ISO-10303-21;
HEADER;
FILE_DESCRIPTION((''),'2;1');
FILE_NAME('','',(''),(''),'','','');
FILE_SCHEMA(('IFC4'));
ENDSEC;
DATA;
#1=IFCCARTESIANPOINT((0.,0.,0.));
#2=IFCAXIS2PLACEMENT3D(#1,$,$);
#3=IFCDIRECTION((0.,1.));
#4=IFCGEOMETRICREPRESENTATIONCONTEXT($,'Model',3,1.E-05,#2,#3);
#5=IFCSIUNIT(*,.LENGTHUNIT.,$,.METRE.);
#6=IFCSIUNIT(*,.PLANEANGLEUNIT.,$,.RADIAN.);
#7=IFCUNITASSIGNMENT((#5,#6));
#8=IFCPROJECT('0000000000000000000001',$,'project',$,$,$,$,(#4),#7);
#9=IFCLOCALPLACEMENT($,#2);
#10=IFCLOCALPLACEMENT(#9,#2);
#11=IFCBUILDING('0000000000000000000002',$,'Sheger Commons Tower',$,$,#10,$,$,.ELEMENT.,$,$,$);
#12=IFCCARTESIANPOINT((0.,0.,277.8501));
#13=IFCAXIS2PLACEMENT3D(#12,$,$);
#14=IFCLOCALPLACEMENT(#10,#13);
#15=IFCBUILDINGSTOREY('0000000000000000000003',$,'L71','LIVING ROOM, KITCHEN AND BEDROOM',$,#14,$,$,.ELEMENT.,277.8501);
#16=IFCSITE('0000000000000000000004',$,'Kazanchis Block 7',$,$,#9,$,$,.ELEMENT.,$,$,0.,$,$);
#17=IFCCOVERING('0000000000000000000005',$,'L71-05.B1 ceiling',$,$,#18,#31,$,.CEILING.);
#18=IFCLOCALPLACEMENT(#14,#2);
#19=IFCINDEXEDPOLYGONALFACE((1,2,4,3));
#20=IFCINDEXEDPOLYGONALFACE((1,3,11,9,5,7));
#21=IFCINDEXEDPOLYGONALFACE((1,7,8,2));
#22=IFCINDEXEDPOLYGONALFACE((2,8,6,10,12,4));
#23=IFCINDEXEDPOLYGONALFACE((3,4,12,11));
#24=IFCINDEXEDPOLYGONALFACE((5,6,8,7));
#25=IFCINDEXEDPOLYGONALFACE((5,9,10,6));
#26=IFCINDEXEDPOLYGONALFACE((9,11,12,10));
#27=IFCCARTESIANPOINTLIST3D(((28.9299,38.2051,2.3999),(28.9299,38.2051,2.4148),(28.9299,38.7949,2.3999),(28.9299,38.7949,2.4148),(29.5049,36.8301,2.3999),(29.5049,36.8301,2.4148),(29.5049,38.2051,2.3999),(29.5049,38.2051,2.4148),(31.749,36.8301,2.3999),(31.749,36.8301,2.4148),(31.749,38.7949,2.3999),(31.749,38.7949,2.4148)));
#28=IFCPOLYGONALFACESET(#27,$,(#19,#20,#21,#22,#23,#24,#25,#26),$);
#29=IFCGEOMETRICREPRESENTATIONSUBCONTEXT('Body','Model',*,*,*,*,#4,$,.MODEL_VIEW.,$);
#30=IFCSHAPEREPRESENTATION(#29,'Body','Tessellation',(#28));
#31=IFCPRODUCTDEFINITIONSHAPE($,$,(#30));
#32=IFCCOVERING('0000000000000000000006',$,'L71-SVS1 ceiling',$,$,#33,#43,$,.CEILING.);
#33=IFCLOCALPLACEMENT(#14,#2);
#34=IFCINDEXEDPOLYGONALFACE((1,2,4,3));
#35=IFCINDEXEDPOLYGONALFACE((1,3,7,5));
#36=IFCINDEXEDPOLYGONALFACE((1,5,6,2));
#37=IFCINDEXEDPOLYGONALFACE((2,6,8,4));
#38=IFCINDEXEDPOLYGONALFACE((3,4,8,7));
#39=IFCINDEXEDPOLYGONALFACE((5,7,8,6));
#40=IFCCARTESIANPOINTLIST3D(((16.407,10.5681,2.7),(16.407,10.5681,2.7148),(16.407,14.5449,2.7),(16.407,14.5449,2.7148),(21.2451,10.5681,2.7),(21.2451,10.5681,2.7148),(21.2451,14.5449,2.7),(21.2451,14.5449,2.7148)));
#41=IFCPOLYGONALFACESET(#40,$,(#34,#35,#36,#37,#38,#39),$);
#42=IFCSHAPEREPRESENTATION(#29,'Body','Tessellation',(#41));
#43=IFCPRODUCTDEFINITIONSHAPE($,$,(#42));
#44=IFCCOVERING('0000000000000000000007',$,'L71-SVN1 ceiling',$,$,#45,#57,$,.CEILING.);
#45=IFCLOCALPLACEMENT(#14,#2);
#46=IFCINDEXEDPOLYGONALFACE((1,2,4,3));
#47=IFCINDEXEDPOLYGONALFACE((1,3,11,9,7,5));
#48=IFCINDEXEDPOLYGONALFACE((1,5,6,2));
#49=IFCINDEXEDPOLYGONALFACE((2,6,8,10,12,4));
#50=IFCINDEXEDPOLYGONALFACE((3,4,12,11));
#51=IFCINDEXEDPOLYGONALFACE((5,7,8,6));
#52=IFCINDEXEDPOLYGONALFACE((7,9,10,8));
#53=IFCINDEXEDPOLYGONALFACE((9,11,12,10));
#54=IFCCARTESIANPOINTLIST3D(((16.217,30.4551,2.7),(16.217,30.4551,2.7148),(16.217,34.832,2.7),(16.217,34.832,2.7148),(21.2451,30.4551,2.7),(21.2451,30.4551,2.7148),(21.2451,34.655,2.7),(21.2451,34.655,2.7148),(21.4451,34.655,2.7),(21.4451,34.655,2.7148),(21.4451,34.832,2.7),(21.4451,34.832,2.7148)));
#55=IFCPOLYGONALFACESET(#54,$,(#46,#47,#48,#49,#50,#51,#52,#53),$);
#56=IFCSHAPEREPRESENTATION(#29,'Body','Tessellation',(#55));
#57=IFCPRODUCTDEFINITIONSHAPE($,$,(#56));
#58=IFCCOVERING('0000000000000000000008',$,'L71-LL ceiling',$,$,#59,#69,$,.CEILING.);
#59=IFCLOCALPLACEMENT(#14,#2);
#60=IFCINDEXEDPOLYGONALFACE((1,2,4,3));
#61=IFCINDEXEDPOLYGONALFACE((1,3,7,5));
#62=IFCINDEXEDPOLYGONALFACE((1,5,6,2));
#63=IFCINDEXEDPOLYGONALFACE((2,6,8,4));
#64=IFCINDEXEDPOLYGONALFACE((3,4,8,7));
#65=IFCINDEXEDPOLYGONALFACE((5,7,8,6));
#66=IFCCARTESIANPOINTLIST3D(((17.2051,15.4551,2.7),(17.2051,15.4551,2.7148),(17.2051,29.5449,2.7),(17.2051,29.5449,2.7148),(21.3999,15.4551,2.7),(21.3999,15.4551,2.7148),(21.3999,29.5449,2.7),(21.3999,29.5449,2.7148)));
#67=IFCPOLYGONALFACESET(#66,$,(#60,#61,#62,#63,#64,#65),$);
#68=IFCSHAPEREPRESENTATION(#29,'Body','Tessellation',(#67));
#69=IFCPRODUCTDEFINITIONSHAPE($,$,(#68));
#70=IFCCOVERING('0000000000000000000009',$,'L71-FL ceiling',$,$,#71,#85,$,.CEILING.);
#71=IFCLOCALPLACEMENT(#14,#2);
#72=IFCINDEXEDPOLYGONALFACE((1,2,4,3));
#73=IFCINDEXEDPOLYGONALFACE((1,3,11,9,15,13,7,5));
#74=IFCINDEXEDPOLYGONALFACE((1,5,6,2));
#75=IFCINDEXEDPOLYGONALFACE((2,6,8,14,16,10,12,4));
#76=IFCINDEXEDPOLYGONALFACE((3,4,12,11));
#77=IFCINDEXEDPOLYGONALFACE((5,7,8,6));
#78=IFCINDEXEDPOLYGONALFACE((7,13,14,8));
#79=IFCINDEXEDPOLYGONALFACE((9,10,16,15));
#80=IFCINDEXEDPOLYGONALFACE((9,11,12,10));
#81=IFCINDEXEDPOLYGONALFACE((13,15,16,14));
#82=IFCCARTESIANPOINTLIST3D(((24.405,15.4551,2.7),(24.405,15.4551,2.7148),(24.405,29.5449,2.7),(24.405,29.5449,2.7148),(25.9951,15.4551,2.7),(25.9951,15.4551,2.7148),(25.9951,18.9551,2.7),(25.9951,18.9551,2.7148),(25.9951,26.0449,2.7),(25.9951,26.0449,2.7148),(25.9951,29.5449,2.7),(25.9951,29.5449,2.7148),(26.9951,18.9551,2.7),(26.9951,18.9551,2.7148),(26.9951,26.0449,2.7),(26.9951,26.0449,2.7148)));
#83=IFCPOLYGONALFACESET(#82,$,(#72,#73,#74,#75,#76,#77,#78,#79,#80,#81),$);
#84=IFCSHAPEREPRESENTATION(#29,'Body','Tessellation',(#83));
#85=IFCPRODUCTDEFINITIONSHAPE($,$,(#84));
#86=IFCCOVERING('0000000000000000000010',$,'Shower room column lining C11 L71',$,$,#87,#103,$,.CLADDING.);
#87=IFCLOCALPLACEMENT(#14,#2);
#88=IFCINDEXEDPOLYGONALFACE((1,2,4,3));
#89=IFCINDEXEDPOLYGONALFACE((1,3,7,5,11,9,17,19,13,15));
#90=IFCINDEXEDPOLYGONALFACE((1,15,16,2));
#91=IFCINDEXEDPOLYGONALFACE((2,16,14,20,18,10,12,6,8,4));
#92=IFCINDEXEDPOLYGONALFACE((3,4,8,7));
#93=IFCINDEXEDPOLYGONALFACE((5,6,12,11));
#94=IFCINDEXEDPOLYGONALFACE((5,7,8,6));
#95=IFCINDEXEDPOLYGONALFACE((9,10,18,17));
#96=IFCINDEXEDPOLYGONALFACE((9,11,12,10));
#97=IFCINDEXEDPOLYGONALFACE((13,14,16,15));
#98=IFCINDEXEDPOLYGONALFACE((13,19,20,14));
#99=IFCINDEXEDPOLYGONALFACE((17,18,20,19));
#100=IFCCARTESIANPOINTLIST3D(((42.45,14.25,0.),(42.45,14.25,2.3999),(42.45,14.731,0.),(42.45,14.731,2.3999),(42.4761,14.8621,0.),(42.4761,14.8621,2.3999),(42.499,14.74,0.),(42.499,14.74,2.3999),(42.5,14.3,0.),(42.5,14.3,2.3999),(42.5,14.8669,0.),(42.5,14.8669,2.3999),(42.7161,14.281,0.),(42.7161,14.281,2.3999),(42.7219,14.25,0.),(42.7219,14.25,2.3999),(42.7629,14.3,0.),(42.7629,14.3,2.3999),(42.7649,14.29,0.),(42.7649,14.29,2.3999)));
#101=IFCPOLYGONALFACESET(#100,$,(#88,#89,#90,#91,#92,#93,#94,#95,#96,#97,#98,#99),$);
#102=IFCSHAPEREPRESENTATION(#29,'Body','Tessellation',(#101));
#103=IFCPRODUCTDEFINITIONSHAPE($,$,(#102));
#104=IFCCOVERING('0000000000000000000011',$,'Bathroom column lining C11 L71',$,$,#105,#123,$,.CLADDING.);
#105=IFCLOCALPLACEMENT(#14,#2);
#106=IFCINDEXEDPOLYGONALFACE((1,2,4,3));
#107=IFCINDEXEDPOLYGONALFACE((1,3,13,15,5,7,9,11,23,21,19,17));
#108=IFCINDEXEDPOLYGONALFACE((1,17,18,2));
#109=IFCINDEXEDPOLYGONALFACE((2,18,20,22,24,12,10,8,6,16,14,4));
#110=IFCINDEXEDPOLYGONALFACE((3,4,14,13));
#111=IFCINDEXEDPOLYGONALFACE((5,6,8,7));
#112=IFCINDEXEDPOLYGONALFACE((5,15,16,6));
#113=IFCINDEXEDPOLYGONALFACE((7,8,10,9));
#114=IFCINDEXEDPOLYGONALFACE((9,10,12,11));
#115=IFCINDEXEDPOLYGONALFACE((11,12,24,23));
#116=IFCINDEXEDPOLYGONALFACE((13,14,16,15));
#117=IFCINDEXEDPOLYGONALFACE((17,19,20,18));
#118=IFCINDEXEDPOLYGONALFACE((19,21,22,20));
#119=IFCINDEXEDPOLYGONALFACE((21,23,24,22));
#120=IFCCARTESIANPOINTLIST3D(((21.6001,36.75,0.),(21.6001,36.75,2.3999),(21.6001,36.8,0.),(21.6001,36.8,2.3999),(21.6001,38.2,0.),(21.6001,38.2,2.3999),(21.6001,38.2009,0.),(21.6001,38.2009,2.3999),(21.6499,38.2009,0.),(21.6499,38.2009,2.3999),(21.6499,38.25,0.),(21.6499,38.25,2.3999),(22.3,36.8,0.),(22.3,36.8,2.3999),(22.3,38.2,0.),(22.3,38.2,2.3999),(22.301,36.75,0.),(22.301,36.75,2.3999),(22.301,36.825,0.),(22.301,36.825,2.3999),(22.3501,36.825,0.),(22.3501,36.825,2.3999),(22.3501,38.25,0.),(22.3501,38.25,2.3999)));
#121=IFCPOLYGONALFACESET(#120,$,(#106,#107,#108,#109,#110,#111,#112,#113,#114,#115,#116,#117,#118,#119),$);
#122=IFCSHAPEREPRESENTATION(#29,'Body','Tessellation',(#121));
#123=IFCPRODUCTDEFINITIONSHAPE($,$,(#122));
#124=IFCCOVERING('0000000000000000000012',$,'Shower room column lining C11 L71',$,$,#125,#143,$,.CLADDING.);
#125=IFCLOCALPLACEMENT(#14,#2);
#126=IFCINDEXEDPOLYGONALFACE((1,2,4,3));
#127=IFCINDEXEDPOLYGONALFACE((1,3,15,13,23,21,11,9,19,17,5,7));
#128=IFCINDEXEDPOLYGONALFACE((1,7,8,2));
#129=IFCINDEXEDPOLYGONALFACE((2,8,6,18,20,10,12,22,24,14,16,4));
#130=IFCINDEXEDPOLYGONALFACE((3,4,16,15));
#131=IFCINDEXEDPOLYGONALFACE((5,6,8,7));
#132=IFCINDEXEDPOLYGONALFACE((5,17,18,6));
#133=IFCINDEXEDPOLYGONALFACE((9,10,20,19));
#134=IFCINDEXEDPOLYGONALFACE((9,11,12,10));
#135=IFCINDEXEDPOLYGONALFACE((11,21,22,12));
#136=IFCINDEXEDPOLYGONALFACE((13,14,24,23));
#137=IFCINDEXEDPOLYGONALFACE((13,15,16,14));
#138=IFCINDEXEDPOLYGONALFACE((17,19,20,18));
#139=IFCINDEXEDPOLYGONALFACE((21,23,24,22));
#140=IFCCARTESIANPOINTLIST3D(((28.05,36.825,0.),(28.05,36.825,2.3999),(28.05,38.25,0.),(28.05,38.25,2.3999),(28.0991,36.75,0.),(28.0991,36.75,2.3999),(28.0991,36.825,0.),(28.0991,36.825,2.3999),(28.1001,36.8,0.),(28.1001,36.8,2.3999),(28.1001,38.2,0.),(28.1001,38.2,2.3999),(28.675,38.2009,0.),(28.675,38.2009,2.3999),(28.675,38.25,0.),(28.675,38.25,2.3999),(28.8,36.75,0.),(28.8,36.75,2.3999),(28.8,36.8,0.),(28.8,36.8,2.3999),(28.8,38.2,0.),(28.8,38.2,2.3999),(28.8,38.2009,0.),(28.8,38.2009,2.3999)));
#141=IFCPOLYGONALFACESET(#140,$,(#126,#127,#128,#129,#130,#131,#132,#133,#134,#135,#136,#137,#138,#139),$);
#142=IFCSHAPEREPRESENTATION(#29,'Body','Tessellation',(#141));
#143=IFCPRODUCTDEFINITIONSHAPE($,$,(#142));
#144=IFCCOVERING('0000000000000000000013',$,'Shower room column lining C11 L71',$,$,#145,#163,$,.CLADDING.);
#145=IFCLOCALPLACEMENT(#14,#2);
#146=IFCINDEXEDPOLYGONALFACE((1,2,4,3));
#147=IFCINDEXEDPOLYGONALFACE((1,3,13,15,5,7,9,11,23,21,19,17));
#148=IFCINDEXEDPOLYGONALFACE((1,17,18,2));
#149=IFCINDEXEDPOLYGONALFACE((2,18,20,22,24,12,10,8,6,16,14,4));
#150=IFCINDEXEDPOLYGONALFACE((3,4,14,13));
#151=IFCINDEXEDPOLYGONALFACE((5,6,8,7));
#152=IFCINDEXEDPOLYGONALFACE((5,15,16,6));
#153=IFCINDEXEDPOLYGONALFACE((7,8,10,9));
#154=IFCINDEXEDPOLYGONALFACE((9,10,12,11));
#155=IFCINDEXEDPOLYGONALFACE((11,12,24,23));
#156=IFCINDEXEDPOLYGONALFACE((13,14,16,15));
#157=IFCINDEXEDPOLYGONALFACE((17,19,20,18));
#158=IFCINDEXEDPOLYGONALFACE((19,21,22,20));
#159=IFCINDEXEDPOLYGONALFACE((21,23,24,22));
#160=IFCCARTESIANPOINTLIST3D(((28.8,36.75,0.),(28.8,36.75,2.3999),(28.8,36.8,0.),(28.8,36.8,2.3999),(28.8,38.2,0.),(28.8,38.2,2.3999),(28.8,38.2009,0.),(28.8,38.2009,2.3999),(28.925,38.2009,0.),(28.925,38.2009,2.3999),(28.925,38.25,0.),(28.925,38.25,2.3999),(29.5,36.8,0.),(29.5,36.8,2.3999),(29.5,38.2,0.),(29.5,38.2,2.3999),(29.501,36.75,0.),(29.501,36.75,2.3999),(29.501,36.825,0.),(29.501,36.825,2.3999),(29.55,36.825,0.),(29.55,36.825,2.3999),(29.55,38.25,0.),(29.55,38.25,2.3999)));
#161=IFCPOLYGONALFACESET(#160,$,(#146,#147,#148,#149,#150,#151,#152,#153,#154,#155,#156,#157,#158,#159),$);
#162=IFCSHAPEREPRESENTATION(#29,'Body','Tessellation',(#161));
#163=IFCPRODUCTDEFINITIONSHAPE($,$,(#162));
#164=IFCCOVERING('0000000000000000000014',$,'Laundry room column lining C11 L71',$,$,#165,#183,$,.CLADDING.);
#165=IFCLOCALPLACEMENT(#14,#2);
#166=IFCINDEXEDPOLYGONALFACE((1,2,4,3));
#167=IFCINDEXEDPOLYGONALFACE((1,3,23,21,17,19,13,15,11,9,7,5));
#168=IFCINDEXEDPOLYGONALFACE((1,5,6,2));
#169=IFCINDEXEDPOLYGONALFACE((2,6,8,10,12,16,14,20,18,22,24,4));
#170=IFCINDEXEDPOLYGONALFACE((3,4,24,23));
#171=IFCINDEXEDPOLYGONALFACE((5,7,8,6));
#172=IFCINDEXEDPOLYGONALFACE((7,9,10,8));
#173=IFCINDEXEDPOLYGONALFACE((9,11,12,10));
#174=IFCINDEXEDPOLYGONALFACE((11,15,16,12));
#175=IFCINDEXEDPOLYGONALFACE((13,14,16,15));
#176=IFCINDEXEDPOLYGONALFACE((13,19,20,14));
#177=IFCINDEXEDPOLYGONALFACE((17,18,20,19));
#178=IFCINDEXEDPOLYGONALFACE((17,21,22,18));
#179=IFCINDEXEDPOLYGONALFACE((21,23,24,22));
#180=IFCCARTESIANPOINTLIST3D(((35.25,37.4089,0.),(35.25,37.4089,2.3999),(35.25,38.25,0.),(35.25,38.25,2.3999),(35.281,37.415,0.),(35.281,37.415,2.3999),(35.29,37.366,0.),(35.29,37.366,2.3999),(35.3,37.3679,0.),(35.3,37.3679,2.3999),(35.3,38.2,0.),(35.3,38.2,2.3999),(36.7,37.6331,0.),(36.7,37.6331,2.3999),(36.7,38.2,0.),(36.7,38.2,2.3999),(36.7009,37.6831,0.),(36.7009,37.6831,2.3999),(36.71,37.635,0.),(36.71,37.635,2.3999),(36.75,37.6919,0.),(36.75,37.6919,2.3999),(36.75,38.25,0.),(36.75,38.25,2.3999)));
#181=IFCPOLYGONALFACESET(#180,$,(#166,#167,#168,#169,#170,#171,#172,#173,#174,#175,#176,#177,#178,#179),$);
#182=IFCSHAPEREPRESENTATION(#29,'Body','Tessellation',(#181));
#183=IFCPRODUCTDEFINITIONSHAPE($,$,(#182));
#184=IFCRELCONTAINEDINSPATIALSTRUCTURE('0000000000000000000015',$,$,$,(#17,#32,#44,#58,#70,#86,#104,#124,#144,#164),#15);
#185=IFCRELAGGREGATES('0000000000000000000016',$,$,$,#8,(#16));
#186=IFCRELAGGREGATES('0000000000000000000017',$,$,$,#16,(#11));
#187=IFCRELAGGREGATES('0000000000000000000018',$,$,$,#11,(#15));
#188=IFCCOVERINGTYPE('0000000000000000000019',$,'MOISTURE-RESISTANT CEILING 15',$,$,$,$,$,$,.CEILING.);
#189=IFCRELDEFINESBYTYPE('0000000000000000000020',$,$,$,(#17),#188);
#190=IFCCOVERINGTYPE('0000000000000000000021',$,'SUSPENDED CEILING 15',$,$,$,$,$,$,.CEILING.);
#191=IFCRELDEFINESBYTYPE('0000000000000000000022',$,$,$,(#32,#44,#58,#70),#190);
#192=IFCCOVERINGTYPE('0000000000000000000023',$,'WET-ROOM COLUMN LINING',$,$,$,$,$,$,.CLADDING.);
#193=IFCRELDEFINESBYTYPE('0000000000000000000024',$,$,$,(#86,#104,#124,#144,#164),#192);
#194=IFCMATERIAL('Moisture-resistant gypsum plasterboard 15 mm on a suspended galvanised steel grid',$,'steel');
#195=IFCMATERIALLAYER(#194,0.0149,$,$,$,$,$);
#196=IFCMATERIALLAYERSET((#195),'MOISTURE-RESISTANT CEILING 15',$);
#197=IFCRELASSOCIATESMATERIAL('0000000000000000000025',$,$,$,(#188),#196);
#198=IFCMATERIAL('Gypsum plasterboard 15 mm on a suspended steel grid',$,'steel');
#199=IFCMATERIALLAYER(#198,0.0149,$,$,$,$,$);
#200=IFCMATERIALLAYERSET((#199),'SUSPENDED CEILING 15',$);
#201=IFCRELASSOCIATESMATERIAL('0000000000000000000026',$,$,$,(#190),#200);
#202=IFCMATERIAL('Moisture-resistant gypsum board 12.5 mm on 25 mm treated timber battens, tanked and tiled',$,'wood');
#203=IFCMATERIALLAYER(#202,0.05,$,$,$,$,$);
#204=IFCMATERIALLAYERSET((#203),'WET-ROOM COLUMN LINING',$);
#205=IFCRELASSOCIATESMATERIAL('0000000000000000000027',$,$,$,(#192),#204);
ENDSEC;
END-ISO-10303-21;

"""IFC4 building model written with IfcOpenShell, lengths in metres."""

from ifc_helpers import new_model, si_unit, direction, frame, origin, place, context, subcontext, project, spatial, polyline, outline, extrude, material, layer, layer_set, type_object, element, save


model = new_model("IFC4")

# Units and contexts
model_context = context("Model", 3, precision=1e-05, world=origin(), true_north=direction((0.0, 1.0)))
body_context = subcontext(model_context, "Body", "Model", "MODEL_VIEW")
ifc_project = project(units=[si_unit("LENGTHUNIT", "METRE"), si_unit("PLANEANGLEUNIT", "RADIAN")], contexts=[model_context])

# Site, building, storey
site_placement = place(None, origin())
site = spatial("IfcSite", under=ifc_project, at=site_placement, Name="Kazanchis Block 7", CompositionType="ELEMENT", RefElevation=0.0)
building_placement = place(site_placement, origin())
building = spatial("IfcBuilding", under=site, at=building_placement, Name="Sheger Commons Tower", CompositionType="ELEMENT")
storey_placement = place(building_placement, frame((0.0, 0.0, 277.8501)))
storey = spatial("IfcBuildingStorey", under=building, at=storey_placement, Name="L71", Description="LIVING ROOM, KITCHEN AND BEDROOM", CompositionType="ELEMENT", Elevation=277.8501)

# Coverings
ifc_material_1 = material(Name="Moisture-resistant gypsum plasterboard 15 mm on a suspended galvanised steel grid", Category="steel")
ifc_layer_1 = layer(ifc_material_1, 0.0149)
ifc_layer_set_1 = layer_set([ifc_layer_1], Name="MOISTURE-RESISTANT CEILING 15")
covering_type_1 = type_object("IfcCoveringType", Name="MOISTURE-RESISTANT CEILING 15", PredefinedType="CEILING", material=ifc_layer_set_1)
covering_1_placement = place(storey_placement, frame((0.0, 0.0, 2.3999)))
element("IfcCovering", 1, at=covering_1_placement, inside=storey, type_object=covering_type_1, Name="L71-05.B1 ceiling", PredefinedType="CEILING", context=body_context, shape_type="SweptSolid", body=[
    extrude(outline(polyline([(29.5049, 36.8301), (31.749, 36.8301), (31.749, 38.7949), (28.9299, 38.7949), (28.9299, 38.2051), (29.5049, 38.2051), (29.5049, 36.8301)])), origin(), (0.0, 0.0, 1.0), 0.0149),
])
ifc_material_2 = material(Name="Gypsum plasterboard 15 mm on a suspended steel grid", Category="steel")
ifc_layer_2 = layer(ifc_material_2, 0.0149)
ifc_layer_set_2 = layer_set([ifc_layer_2], Name="SUSPENDED CEILING 15")
covering_type_2 = type_object("IfcCoveringType", Name="SUSPENDED CEILING 15", PredefinedType="CEILING", material=ifc_layer_set_2)
covering_2_placement = place(storey_placement, frame((0.0, 0.0, 2.7)))
element("IfcCovering", 2, at=covering_2_placement, inside=storey, type_object=covering_type_2, Name="L71-SVS1 ceiling", PredefinedType="CEILING", context=body_context, shape_type="SweptSolid", body=[
    extrude(outline(polyline([(16.407, 10.5681), (21.2451, 10.5681), (21.2451, 14.5449), (16.407, 14.5449), (16.407, 10.5681)])), origin(), (0.0, 0.0, 1.0), 0.0149),
])
covering_3_placement = place(storey_placement, frame((0.0, 0.0, 2.7)))
element("IfcCovering", 3, at=covering_3_placement, inside=storey, type_object=covering_type_2, Name="L71-SVN1 ceiling", PredefinedType="CEILING", context=body_context, shape_type="SweptSolid", body=[
    extrude(outline(polyline([(16.217, 30.4551), (21.2451, 30.4551), (21.2451, 34.655), (21.4451, 34.655), (21.4451, 34.832), (16.217, 34.832), (16.217, 30.4551)])), origin(), (0.0, 0.0, 1.0), 0.0149),
])
covering_4_placement = place(storey_placement, frame((0.0, 0.0, 2.7)))
element("IfcCovering", 4, at=covering_4_placement, inside=storey, type_object=covering_type_2, Name="L71-LL ceiling", PredefinedType="CEILING", context=body_context, shape_type="SweptSolid", body=[
    extrude(outline(polyline([(17.2051, 15.4551), (21.3999, 15.4551), (21.3999, 29.5449), (17.2051, 29.5449), (17.2051, 15.4551)])), origin(), (0.0, 0.0, 1.0), 0.0149),
])
covering_5_placement = place(storey_placement, frame((0.0, 0.0, 2.7)))
element("IfcCovering", 5, at=covering_5_placement, inside=storey, type_object=covering_type_2, Name="L71-FL ceiling", PredefinedType="CEILING", context=body_context, shape_type="SweptSolid", body=[
    extrude(outline(polyline([(24.405, 15.4551), (25.9951, 15.4551), (25.9951, 18.9551), (26.9951, 18.9551), (26.9951, 26.0449), (25.9951, 26.0449), (25.9951, 29.5449), (24.405, 29.5449), (24.405, 15.4551)])), origin(), (0.0, 0.0, 1.0), 0.0149),
])
ifc_material_3 = material(Name="Moisture-resistant gypsum board 12.5 mm on 25 mm treated timber battens, tanked and tiled", Category="wood")
ifc_layer_3 = layer(ifc_material_3, 0.05)
ifc_layer_set_3 = layer_set([ifc_layer_3], Name="WET-ROOM COLUMN LINING")
covering_type_3 = type_object("IfcCoveringType", Name="WET-ROOM COLUMN LINING", PredefinedType="CLADDING", material=ifc_layer_set_3)
covering_6_placement = place(storey_placement, origin())
element("IfcCovering", 6, at=covering_6_placement, inside=storey, type_object=covering_type_3, Name="Shower room column lining C11 L71", PredefinedType="CLADDING", context=body_context, shape_type="SweptSolid", body=[
    extrude(outline(polyline([(42.5, 14.8669), (42.5, 14.3), (42.7629, 14.3), (42.7649, 14.29), (42.7161, 14.281), (42.7219, 14.25), (42.45, 14.25), (42.45, 14.731), (42.499, 14.74), (42.4761, 14.8621), (42.5, 14.8669)])), origin(), (0.0, 0.0, 1.0), 2.3999),
])
covering_7_placement = place(storey_placement, origin())
element("IfcCovering", 7, at=covering_7_placement, inside=storey, type_object=covering_type_3, Name="Bathroom column lining C11 L71", PredefinedType="CLADDING", context=body_context, shape_type="SweptSolid", body=[
    extrude(outline(polyline([(22.3501, 36.825), (22.301, 36.825), (22.301, 36.75), (21.6001, 36.75), (21.6001, 36.8), (22.3, 36.8), (22.3, 38.2), (21.6001, 38.2), (21.6001, 38.2009), (21.6499, 38.2009), (21.6499, 38.25), (22.3501, 38.25), (22.3501, 36.825)])), origin(), (0.0, 0.0, 1.0), 2.3999),
])
covering_8_placement = place(storey_placement, origin())
element("IfcCovering", 8, at=covering_8_placement, inside=storey, type_object=covering_type_3, Name="Shower room column lining C11 L71", PredefinedType="CLADDING", context=body_context, shape_type="SweptSolid", body=[
    extrude(outline(polyline([(28.675, 38.25), (28.675, 38.2009), (28.8, 38.2009), (28.8, 38.2), (28.1001, 38.2), (28.1001, 36.8), (28.8, 36.8), (28.8, 36.75), (28.0991, 36.75), (28.0991, 36.825), (28.05, 36.825), (28.05, 38.25), (28.675, 38.25)])), origin(), (0.0, 0.0, 1.0), 2.3999),
])
covering_9_placement = place(storey_placement, origin())
element("IfcCovering", 9, at=covering_9_placement, inside=storey, type_object=covering_type_3, Name="Shower room column lining C11 L71", PredefinedType="CLADDING", context=body_context, shape_type="SweptSolid", body=[
    extrude(outline(polyline([(29.55, 36.825), (29.501, 36.825), (29.501, 36.75), (28.8, 36.75), (28.8, 36.8), (29.5, 36.8), (29.5, 38.2), (28.8, 38.2), (28.8, 38.2009), (28.925, 38.2009), (28.925, 38.25), (29.55, 38.25), (29.55, 36.825)])), origin(), (0.0, 0.0, 1.0), 2.3999),
])
covering_10_placement = place(storey_placement, origin())
element("IfcCovering", 10, at=covering_10_placement, inside=storey, type_object=covering_type_3, Name="Laundry room column lining C11 L71", PredefinedType="CLADDING", context=body_context, shape_type="SweptSolid", body=[
    extrude(outline(polyline([(36.75, 38.25), (36.75, 37.6919), (36.7009, 37.6831), (36.71, 37.635), (36.7, 37.6331), (36.7, 38.2), (35.3, 38.2), (35.3, 37.3679), (35.29, 37.366), (35.281, 37.415), (35.25, 37.4089), (35.25, 38.25), (36.75, 38.25)])), origin(), (0.0, 0.0, 1.0), 2.3999),
])

save(model, "model.ifc")
